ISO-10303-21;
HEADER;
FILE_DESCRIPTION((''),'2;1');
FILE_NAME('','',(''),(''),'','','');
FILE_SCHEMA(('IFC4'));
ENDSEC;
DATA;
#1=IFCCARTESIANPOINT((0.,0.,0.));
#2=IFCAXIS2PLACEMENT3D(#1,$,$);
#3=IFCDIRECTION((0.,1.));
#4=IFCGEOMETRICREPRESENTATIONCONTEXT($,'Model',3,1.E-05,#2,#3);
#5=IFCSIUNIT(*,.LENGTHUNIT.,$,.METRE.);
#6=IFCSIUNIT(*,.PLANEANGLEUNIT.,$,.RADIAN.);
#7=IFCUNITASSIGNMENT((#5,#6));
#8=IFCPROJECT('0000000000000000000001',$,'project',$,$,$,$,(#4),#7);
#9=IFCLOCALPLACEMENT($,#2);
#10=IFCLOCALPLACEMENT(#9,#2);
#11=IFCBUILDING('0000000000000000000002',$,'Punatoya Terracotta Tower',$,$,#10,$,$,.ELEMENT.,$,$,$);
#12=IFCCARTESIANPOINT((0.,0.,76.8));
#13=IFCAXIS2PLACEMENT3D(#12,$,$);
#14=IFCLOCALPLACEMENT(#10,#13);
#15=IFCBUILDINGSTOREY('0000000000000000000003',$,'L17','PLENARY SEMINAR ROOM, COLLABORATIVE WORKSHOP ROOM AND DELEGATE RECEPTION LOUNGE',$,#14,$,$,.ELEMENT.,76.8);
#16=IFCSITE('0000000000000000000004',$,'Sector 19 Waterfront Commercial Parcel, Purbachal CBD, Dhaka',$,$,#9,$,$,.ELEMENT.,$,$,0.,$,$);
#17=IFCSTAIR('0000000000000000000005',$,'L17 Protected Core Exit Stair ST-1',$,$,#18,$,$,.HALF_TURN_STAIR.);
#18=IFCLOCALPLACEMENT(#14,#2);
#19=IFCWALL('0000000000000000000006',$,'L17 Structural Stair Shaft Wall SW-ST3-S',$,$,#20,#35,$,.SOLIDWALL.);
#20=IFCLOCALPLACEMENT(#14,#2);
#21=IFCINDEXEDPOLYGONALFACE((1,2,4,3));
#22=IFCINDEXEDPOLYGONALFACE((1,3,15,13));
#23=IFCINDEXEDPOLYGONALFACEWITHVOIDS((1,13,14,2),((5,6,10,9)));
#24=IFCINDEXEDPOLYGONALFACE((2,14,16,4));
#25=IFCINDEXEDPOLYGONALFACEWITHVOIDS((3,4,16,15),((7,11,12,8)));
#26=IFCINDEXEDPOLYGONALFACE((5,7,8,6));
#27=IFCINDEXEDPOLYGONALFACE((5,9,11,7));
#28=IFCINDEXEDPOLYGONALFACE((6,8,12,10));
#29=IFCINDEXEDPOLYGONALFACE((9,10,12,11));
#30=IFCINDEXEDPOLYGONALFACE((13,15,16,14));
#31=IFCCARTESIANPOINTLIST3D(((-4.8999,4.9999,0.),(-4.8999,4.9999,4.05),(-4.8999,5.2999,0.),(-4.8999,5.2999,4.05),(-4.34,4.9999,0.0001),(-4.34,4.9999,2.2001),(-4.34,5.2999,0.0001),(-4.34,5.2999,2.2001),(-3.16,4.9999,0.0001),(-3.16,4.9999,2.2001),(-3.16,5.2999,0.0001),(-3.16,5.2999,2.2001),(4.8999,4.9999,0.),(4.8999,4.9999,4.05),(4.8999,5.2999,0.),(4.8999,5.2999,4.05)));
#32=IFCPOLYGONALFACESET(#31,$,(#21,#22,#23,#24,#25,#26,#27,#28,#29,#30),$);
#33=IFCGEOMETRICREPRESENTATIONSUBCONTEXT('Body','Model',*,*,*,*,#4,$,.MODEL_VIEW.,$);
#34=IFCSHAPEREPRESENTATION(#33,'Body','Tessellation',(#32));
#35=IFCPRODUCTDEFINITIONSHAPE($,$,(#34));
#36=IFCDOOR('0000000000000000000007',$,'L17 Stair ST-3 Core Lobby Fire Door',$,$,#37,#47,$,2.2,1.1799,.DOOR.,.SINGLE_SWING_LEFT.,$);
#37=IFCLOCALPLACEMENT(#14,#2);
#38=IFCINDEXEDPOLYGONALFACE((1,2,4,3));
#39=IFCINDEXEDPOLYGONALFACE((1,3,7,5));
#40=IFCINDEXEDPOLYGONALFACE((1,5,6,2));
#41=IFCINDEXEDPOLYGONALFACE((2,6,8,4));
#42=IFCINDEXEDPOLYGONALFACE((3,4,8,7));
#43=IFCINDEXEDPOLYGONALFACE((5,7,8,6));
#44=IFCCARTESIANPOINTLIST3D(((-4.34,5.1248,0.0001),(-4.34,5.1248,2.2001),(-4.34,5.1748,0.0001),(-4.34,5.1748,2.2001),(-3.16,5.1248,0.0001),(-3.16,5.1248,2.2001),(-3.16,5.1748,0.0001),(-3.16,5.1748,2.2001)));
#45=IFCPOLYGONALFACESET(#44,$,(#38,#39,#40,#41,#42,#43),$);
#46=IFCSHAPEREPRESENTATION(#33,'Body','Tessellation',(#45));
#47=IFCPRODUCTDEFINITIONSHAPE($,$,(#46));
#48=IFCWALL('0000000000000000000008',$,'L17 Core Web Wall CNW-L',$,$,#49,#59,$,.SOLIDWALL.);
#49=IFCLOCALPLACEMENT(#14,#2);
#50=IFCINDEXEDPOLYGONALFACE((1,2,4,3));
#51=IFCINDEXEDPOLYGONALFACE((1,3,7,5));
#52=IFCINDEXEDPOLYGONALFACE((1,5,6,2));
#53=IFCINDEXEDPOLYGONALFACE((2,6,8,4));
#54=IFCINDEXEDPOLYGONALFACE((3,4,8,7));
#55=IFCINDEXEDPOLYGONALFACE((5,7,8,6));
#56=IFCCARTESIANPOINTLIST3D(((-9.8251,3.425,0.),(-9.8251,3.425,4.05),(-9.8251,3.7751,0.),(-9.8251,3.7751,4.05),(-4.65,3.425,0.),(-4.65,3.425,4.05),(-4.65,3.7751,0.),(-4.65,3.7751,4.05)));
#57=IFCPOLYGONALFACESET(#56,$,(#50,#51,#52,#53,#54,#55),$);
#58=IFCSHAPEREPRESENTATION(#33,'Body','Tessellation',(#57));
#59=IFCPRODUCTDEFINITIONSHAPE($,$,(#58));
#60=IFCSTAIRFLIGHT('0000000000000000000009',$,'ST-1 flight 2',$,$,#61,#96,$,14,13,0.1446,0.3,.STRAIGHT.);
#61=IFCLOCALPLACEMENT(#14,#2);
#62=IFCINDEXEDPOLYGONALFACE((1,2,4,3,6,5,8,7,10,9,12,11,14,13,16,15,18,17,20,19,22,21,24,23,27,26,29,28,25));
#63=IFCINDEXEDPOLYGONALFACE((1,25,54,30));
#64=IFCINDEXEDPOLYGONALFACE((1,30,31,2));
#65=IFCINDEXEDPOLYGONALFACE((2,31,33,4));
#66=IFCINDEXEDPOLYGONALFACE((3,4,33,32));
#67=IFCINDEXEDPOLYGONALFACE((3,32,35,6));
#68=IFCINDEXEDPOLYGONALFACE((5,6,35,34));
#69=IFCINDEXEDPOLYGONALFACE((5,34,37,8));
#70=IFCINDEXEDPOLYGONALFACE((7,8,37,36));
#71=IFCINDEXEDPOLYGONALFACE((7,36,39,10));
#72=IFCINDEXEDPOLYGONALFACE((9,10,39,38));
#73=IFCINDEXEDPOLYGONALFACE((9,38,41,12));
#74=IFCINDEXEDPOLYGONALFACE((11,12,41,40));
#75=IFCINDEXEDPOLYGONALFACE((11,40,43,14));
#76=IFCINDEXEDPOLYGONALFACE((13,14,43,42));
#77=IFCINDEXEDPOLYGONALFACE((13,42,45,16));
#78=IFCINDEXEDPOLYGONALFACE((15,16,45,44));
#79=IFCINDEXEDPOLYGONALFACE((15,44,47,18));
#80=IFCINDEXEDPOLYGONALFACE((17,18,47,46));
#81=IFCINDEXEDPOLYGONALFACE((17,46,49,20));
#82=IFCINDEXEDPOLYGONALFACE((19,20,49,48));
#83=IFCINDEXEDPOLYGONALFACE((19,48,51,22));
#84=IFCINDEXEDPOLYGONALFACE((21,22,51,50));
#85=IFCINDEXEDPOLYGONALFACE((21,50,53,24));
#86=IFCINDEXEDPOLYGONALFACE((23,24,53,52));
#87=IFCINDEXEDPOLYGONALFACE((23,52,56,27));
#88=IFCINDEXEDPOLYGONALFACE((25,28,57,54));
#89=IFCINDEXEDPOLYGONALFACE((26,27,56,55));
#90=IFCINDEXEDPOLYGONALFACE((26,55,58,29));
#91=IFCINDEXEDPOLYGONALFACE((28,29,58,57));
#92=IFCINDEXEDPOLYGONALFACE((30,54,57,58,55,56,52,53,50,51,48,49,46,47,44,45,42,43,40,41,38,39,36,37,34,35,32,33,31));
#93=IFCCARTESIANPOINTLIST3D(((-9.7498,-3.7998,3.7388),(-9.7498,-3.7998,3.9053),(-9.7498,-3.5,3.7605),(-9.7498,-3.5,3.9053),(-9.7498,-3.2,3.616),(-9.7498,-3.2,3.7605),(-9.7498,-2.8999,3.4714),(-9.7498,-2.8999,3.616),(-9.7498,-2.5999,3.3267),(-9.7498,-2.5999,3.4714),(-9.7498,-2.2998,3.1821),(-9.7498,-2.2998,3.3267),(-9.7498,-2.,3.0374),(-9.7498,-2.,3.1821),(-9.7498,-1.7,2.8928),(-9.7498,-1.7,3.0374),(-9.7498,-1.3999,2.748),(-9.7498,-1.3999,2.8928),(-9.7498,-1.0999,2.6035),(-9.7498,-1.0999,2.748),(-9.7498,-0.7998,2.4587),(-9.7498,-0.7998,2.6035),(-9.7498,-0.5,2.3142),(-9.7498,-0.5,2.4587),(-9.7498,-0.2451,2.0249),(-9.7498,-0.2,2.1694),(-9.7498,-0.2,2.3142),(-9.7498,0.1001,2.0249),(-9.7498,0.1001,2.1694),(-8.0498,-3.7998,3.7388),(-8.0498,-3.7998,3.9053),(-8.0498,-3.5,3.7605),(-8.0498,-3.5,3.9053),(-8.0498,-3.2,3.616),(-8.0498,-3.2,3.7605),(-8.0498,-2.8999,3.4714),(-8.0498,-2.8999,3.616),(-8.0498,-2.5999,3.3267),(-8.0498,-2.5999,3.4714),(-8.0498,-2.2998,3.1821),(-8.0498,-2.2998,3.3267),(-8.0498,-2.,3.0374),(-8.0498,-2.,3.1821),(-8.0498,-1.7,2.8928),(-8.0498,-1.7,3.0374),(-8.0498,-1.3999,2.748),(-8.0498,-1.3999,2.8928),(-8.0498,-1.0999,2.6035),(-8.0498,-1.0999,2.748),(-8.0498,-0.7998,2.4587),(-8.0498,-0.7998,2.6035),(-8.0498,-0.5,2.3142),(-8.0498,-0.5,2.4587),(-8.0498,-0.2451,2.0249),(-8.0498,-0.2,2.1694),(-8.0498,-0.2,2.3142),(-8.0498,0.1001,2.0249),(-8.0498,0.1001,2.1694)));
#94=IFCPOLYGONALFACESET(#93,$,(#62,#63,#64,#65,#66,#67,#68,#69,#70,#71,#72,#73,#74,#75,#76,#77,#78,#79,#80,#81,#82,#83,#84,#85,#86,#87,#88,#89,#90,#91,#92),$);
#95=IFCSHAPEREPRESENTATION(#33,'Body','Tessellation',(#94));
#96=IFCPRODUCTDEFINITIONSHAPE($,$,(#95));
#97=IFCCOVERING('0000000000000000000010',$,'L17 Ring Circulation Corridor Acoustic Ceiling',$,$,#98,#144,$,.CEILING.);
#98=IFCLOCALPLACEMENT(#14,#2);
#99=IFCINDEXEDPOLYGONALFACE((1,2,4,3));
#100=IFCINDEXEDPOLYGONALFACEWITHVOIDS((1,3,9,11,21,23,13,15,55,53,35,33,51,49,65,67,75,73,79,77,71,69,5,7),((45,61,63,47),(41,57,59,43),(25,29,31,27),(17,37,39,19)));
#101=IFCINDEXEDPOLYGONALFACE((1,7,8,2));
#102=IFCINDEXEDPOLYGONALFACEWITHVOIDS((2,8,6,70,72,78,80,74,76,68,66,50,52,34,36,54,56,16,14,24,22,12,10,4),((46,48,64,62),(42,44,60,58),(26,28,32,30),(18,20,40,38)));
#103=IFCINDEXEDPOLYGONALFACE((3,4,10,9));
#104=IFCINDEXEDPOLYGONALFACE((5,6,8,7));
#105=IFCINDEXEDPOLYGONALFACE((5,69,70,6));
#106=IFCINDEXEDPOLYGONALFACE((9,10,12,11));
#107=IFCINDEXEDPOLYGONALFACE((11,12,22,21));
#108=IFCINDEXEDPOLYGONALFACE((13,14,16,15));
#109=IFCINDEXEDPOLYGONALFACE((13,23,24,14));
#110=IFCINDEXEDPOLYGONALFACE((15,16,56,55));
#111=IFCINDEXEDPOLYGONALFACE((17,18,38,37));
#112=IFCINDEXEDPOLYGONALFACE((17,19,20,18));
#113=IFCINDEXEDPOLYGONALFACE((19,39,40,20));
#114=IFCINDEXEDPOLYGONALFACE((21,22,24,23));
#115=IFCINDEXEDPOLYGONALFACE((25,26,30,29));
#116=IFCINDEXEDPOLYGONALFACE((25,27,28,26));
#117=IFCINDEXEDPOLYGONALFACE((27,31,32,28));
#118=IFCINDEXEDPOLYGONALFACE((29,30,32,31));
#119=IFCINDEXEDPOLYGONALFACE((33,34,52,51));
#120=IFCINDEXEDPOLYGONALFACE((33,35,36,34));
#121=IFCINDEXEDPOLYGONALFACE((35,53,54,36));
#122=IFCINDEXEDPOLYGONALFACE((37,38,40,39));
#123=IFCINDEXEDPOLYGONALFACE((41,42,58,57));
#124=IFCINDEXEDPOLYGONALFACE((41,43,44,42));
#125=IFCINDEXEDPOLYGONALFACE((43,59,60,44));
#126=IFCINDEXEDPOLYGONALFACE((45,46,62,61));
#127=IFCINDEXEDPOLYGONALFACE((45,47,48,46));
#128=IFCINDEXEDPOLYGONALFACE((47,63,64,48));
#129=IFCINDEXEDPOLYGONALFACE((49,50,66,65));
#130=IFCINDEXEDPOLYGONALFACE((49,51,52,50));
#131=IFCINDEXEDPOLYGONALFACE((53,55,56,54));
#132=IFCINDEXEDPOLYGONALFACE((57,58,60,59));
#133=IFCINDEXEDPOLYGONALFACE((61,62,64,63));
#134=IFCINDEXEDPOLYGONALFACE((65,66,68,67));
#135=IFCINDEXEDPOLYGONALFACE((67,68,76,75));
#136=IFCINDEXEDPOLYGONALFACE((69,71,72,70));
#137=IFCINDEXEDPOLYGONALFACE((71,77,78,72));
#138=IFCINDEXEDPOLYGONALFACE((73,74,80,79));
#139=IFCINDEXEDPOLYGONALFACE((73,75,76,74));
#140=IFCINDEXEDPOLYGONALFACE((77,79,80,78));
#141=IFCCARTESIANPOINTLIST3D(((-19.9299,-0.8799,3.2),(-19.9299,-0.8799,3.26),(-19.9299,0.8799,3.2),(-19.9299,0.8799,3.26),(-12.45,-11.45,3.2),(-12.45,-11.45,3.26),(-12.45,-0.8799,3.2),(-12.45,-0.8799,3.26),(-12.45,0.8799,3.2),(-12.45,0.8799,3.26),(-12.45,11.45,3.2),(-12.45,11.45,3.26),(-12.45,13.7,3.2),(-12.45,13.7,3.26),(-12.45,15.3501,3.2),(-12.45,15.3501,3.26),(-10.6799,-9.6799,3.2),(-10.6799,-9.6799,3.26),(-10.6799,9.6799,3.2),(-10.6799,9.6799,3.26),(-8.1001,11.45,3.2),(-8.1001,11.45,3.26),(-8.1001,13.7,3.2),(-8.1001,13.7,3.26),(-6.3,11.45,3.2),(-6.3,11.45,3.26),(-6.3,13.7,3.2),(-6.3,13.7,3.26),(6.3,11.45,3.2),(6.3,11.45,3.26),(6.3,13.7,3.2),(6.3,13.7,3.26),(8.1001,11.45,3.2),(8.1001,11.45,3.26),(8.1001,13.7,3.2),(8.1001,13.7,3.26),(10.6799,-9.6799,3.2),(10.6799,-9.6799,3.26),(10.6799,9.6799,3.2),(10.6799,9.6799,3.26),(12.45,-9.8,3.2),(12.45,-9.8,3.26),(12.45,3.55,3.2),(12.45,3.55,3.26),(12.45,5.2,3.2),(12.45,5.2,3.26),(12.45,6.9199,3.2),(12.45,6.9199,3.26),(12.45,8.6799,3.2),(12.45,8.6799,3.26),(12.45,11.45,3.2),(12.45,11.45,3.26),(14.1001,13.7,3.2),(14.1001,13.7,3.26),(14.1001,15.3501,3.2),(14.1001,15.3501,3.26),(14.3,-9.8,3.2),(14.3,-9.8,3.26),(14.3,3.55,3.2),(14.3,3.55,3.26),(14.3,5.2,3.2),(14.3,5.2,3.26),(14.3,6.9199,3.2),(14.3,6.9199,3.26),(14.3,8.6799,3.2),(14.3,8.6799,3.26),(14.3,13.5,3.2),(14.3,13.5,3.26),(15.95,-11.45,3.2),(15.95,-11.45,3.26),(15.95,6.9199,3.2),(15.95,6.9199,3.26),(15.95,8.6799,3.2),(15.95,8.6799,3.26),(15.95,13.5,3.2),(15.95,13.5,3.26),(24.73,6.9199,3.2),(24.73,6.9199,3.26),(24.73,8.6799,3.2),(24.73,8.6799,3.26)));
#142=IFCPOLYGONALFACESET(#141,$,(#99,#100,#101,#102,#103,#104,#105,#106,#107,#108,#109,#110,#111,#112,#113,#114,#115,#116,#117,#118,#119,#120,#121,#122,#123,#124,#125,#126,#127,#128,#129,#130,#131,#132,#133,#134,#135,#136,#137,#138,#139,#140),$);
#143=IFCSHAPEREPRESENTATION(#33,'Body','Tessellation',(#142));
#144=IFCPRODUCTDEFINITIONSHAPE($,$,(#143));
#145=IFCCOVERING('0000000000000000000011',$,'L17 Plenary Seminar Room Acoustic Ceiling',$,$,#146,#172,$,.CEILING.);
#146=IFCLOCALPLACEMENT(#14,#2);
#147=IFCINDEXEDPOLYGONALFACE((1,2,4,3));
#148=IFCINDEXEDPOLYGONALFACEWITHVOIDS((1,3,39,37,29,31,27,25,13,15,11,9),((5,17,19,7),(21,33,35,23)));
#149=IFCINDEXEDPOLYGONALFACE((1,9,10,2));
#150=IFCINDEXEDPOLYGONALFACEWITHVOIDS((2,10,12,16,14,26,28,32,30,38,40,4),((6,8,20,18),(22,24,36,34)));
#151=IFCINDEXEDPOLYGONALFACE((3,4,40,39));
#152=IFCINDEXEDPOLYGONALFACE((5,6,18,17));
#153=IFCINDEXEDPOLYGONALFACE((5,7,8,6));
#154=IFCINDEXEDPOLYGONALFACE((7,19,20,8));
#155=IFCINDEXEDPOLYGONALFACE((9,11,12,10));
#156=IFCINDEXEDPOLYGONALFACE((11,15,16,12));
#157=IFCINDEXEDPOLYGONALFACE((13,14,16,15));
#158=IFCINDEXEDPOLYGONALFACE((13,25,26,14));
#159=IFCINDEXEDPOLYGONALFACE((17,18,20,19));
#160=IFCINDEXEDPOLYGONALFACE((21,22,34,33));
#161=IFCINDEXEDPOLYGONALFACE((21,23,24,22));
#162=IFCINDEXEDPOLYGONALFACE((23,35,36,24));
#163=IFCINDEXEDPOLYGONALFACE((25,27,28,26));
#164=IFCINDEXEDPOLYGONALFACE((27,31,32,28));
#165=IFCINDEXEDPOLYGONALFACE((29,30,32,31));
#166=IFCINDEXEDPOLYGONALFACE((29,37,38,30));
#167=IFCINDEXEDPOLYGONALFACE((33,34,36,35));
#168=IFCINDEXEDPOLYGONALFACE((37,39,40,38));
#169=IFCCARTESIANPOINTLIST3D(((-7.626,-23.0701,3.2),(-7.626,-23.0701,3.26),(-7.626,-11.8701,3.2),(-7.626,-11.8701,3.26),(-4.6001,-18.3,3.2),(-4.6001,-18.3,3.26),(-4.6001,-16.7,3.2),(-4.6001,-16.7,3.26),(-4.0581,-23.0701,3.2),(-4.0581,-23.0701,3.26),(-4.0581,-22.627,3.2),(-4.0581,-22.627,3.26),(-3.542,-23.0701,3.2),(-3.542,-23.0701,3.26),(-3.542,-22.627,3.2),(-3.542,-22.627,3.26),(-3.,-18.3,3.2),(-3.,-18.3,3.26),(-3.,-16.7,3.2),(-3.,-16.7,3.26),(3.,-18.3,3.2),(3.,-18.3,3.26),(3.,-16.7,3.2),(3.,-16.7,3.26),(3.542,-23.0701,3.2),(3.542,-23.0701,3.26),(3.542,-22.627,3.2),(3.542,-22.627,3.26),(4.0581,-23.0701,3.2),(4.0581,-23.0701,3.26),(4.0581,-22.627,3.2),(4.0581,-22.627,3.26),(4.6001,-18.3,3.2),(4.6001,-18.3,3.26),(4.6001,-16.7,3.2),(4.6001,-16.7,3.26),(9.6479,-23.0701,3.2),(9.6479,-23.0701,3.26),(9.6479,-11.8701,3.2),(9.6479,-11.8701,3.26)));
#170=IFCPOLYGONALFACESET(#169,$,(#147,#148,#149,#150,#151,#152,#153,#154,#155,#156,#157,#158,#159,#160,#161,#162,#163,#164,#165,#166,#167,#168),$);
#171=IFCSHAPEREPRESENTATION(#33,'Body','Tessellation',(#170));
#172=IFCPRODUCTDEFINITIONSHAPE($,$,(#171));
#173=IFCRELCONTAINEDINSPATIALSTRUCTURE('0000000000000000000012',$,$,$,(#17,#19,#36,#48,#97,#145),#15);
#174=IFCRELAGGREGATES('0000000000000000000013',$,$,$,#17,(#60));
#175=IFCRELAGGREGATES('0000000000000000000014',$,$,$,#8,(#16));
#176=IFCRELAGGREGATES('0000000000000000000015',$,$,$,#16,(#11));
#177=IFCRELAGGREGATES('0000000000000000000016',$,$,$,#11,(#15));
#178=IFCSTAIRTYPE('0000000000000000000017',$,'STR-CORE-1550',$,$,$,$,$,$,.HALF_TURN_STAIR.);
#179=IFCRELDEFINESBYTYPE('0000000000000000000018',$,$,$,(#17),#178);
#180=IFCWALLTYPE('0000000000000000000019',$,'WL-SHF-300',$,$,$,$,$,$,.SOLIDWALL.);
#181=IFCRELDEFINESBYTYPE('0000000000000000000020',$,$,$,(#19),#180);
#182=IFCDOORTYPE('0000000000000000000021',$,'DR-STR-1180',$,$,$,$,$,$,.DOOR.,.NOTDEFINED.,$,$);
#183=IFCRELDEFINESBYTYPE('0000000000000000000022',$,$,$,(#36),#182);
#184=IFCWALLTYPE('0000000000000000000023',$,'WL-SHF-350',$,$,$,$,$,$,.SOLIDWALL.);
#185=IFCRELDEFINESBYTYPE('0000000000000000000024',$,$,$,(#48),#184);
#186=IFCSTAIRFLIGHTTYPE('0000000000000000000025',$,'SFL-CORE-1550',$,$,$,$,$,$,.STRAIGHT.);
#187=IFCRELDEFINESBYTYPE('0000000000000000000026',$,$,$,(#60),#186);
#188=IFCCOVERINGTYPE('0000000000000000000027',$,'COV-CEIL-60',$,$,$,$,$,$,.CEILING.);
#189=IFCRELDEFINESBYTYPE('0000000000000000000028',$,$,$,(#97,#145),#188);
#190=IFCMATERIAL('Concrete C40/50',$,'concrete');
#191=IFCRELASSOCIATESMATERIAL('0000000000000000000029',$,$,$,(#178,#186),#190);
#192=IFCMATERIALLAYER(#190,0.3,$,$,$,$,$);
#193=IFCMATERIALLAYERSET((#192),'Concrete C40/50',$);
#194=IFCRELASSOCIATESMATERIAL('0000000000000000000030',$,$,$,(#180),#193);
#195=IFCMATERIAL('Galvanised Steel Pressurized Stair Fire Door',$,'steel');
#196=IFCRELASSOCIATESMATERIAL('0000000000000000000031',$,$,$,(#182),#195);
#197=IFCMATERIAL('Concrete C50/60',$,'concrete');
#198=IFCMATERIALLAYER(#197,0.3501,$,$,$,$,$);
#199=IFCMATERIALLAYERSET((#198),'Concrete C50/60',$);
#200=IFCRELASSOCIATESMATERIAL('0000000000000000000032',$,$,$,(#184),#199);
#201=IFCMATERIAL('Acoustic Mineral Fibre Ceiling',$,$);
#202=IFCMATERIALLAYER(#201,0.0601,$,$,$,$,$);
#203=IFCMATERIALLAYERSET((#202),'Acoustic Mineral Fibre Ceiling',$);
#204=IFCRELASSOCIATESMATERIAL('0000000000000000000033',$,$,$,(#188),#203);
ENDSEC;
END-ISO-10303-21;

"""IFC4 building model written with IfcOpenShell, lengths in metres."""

from ifc_helpers import new_model, si_unit, direction, frame, frame_2d, origin, place, context, subcontext, project, spatial, polyline, rectangle, outline, extrude, material, layer, layer_set, type_object, element, fill, aggregate, save


model = new_model("IFC4")

# Units and contexts
model_context = context("Model", 3, precision=1e-05, world=origin(), true_north=direction((0.0, 1.0)))
body_context = subcontext(model_context, "Body", "Model", "MODEL_VIEW")
ifc_project = project(units=[si_unit("LENGTHUNIT", "METRE"), si_unit("PLANEANGLEUNIT", "RADIAN")], contexts=[model_context])

# Site, building, storey
site_placement = place(None, origin())
site = spatial("IfcSite", under=ifc_project, at=site_placement, Name="Sector 19 Waterfront Commercial Parcel, Purbachal CBD, Dhaka", CompositionType="ELEMENT", RefElevation=0.0)
building_placement = place(site_placement, origin())
building = spatial("IfcBuilding", under=site, at=building_placement, Name="Punatoya Terracotta Tower", CompositionType="ELEMENT")
storey_placement = place(building_placement, frame((0.0, 0.0, 76.8)))
storey = spatial("IfcBuildingStorey", under=building, at=storey_placement, Name="L17", Description="PLENARY SEMINAR ROOM, COLLABORATIVE WORKSHOP ROOM AND DELEGATE RECEPTION LOUNGE", CompositionType="ELEMENT", Elevation=76.8)

# Stair
ifc_material_1 = material(Name="Concrete C40/50", Category="concrete")
stair_type_1 = type_object("IfcStairType", Name="STR-CORE-1550", PredefinedType="HALF_TURN_STAIR", material=ifc_material_1)
stair_1_placement = place(storey_placement, origin())
stair_1 = element("IfcStair", 1, at=stair_1_placement, inside=storey, type_object=stair_type_1, Name="L17 Protected Core Exit Stair ST-1", PredefinedType="HALF_TURN_STAIR")

# Shared definitions
ifc_layer_1 = layer(ifc_material_1, 0.3)
ifc_layer_set_1 = layer_set([ifc_layer_1], Name="Concrete C40/50")
wall_type_1 = type_object("IfcWallType", Name="WL-SHF-300", PredefinedType="SOLIDWALL", material=ifc_layer_set_1)

# Wall, opening, door
wall_1_placement = place(storey_placement, frame((-4.8999, 5.1499, 0.0), z_axis=(0.0, 0.0, 1.0), x_axis=(1.0, 0.0, 0.0)))
wall_1 = element("IfcWall", 2, at=wall_1_placement, inside=storey, type_object=wall_type_1, Name="L17 Structural Stair Shaft Wall SW-ST3-S", PredefinedType="SOLIDWALL", context=body_context, shape_type="SweptSolid", body=[
    extrude(rectangle(XDim=9.7998, YDim=0.3, at=frame_2d((4.8999, 0.0))), origin(), (0.0, 0.0, 1.0), 4.05),
])
opening_1_placement = place(wall_1_placement, frame((0.5601, 0.0, 0.0)))
opening_1 = element("IfcOpeningElement", 3, at=opening_1_placement, cuts=wall_1, PredefinedType="OPENING", context=body_context, shape_type="SweptSolid", body=[
    extrude(rectangle(XDim=1.1799, YDim=2.2, at=frame_2d((0.5898, 1.1001))), frame((0.0, 0.1599, 0.0), z_axis=(0.0, -1.0, 0.0), x_axis=(1.0, 0.0, 0.0)), (0.0, 0.0, 1.0), 0.3201),
])
ifc_material_2 = material(Name="Galvanised Steel Pressurized Stair Fire Door", Category="steel")
door_type_1 = type_object("IfcDoorType", Name="DR-STR-1180", OperationType="NOTDEFINED", PredefinedType="DOOR", material=ifc_material_2)
door_1_placement = place(opening_1_placement, origin())
door_1 = element("IfcDoor", 4, at=door_1_placement, inside=storey, type_object=door_type_1, Name="L17 Stair ST-3 Core Lobby Fire Door", OperationType="SINGLE_SWING_LEFT", OverallHeight=2.2, OverallWidth=1.1799, PredefinedType="DOOR", context=body_context, shape_type="SweptSolid", body=[
    extrude(rectangle(XDim=1.1799, YDim=2.2, at=frame_2d((0.5898, 1.1001))), frame((0.0, 0.0249, 0.0), z_axis=(0.0, -1.0, 0.0), x_axis=(1.0, 0.0, 0.0)), (0.0, 0.0, 1.0), 0.05),
])
fill(opening_1, door_1)

# Wall
ifc_material_3 = material(Name="Concrete C50/60", Category="concrete")
ifc_layer_2 = layer(ifc_material_3, 0.3501)
ifc_layer_set_2 = layer_set([ifc_layer_2], Name="Concrete C50/60")
wall_type_2 = type_object("IfcWallType", Name="WL-SHF-350", PredefinedType="SOLIDWALL", material=ifc_layer_set_2)
wall_2_placement = place(storey_placement, frame((-9.825, 3.6001, 0.0), z_axis=(0.0, 0.0, 1.0), x_axis=(1.0, 0.0, 0.0)))
element("IfcWall", 5, at=wall_2_placement, inside=storey, type_object=wall_type_2, Name="L17 Core Web Wall CNW-L", PredefinedType="SOLIDWALL", context=body_context, shape_type="SweptSolid", body=[
    extrude(rectangle(XDim=5.175, YDim=0.3501, at=frame_2d((2.5874, 0.0))), origin(), (0.0, 0.0, 1.0), 4.05),
])

# Stair flight
stair_flight_type = type_object("IfcStairFlightType", Name="SFL-CORE-1550", PredefinedType="STRAIGHT", material=ifc_material_1)
stair_flight_placement = place(storey_placement, frame((-8.8999, 0.1001, 2.0249), z_axis=(0.0, 0.0, 1.0), x_axis=(0.0, -1.0, 0.0)))
stair_flight = element("IfcStairFlight", 6, at=stair_flight_placement, type_object=stair_flight_type, Name="ST-1 flight 2", NumberOfRisers=14, NumberOfTreads=13, PredefinedType="STRAIGHT", RiserHeight=0.1446, TreadLength=0.3, context=body_context, shape_type="SweptSolid", body=[
    extrude(outline(polyline([(0.0, 0.0), (0.0, 0.1445), (0.3, 0.1445), (0.3, 0.2893), (0.6001, 0.2893), (0.6001, 0.4338), (0.8999, 0.4338), (0.8999, 0.5786), (1.2, 0.5786), (1.2, 0.7231), (1.5, 0.7231), (1.5, 0.8679), (1.8, 0.8679), (1.8, 1.0125), (2.1001, 1.0125), (2.1001, 1.1572), (2.3999, 1.1572), (2.3999, 1.3018), (2.7, 1.3018), (2.7, 1.4465), (3.0, 1.4465), (3.0, 1.5911), (3.3, 1.5911), (3.3, 1.7356), (3.6001, 1.7356), (3.6001, 1.8804), (3.8999, 1.8804), (3.8999, 2.0249), (3.8999, 1.7139), (0.3452, 0.0), (0.0, 0.0)])), frame((0.0, 0.8501, 0.0), z_axis=(0.0, -1.0, 0.0), x_axis=(1.0, 0.0, 0.0)), (0.0, 0.0, 1.0), 1.7),
])
aggregate(stair_1, [stair_flight])

# Coverings
ifc_material_4 = material(Name="Acoustic Mineral Fibre Ceiling")
ifc_layer_3 = layer(ifc_material_4, 0.0601)
ifc_layer_set_3 = layer_set([ifc_layer_3], Name="Acoustic Mineral Fibre Ceiling")
covering_type = type_object("IfcCoveringType", Name="COV-CEIL-60", PredefinedType="CEILING", material=ifc_layer_set_3)
covering_1_placement = place(storey_placement, frame((0.0, 0.0, 3.2)))
element("IfcCovering", 7, at=covering_1_placement, inside=storey, type_object=covering_type, Name="L17 Ring Circulation Corridor Acoustic Ceiling", PredefinedType="CEILING", context=body_context, shape_type="SweptSolid", body=[
    extrude(outline(polyline([(-12.45, 13.7), (-8.1001, 13.7), (-8.1001, 11.45), (-12.45, 11.45), (-12.45, 0.8799), (-19.9299, 0.8799), (-19.9299, -0.8799), (-12.45, -0.8799), (-12.45, -11.45), (15.95, -11.45), (15.95, 6.9199), (24.73, 6.9199), (24.73, 8.6799), (15.95, 8.6799), (15.95, 13.5), (14.3, 13.5), (14.3, 8.6799), (12.45, 8.6799), (12.45, 11.45), (8.1001, 11.45), (8.1001, 13.7), (14.1001, 13.7), (14.1001, 15.3501), (-12.45, 15.3501), (-12.45, 13.7)]), holes=[polyline([(12.45, 3.55), (14.3, 3.55), (14.3, -9.8), (12.45, -9.8), (12.45, 3.55)]), polyline([(12.45, 6.9199), (14.3, 6.9199), (14.3, 5.2), (12.45, 5.2), (12.45, 6.9199)]), polyline([(10.6799, 9.6799), (10.6799, -9.6799), (-10.6799, -9.6799), (-10.6799, 9.6799), (10.6799, 9.6799)]), polyline([(6.3, 13.7), (6.3, 11.45), (-6.3, 11.45), (-6.3, 13.7), (6.3, 13.7)])]), origin(), (0.0, 0.0, 1.0), 0.0601),
])
covering_2_placement = place(storey_placement, frame((0.0, 0.0, 3.2)))
element("IfcCovering", 8, at=covering_2_placement, inside=storey, type_object=covering_type, Name="L17 Plenary Seminar Room Acoustic Ceiling", PredefinedType="CEILING", context=body_context, shape_type="SweptSolid", body=[
    extrude(outline(polyline([(9.6479, -11.8701), (-7.626, -11.8701), (-7.626, -23.0701), (-4.0581, -23.0701), (-4.0581, -22.627), (-3.542, -22.627), (-3.542, -23.0701), (3.542, -23.0701), (3.542, -22.627), (4.0581, -22.627), (4.0581, -23.0701), (9.6479, -23.0701), (9.6479, -11.8701)]), holes=[polyline([(4.6001, -16.7), (4.6001, -18.3), (3.0, -18.3), (3.0, -16.7), (4.6001, -16.7)]), polyline([(-4.6001, -16.7), (-3.0, -16.7), (-3.0, -18.3), (-4.6001, -18.3), (-4.6001, -16.7)])]), origin(), (0.0, 0.0, 1.0), 0.0601),
])

save(model, "model.ifc")
